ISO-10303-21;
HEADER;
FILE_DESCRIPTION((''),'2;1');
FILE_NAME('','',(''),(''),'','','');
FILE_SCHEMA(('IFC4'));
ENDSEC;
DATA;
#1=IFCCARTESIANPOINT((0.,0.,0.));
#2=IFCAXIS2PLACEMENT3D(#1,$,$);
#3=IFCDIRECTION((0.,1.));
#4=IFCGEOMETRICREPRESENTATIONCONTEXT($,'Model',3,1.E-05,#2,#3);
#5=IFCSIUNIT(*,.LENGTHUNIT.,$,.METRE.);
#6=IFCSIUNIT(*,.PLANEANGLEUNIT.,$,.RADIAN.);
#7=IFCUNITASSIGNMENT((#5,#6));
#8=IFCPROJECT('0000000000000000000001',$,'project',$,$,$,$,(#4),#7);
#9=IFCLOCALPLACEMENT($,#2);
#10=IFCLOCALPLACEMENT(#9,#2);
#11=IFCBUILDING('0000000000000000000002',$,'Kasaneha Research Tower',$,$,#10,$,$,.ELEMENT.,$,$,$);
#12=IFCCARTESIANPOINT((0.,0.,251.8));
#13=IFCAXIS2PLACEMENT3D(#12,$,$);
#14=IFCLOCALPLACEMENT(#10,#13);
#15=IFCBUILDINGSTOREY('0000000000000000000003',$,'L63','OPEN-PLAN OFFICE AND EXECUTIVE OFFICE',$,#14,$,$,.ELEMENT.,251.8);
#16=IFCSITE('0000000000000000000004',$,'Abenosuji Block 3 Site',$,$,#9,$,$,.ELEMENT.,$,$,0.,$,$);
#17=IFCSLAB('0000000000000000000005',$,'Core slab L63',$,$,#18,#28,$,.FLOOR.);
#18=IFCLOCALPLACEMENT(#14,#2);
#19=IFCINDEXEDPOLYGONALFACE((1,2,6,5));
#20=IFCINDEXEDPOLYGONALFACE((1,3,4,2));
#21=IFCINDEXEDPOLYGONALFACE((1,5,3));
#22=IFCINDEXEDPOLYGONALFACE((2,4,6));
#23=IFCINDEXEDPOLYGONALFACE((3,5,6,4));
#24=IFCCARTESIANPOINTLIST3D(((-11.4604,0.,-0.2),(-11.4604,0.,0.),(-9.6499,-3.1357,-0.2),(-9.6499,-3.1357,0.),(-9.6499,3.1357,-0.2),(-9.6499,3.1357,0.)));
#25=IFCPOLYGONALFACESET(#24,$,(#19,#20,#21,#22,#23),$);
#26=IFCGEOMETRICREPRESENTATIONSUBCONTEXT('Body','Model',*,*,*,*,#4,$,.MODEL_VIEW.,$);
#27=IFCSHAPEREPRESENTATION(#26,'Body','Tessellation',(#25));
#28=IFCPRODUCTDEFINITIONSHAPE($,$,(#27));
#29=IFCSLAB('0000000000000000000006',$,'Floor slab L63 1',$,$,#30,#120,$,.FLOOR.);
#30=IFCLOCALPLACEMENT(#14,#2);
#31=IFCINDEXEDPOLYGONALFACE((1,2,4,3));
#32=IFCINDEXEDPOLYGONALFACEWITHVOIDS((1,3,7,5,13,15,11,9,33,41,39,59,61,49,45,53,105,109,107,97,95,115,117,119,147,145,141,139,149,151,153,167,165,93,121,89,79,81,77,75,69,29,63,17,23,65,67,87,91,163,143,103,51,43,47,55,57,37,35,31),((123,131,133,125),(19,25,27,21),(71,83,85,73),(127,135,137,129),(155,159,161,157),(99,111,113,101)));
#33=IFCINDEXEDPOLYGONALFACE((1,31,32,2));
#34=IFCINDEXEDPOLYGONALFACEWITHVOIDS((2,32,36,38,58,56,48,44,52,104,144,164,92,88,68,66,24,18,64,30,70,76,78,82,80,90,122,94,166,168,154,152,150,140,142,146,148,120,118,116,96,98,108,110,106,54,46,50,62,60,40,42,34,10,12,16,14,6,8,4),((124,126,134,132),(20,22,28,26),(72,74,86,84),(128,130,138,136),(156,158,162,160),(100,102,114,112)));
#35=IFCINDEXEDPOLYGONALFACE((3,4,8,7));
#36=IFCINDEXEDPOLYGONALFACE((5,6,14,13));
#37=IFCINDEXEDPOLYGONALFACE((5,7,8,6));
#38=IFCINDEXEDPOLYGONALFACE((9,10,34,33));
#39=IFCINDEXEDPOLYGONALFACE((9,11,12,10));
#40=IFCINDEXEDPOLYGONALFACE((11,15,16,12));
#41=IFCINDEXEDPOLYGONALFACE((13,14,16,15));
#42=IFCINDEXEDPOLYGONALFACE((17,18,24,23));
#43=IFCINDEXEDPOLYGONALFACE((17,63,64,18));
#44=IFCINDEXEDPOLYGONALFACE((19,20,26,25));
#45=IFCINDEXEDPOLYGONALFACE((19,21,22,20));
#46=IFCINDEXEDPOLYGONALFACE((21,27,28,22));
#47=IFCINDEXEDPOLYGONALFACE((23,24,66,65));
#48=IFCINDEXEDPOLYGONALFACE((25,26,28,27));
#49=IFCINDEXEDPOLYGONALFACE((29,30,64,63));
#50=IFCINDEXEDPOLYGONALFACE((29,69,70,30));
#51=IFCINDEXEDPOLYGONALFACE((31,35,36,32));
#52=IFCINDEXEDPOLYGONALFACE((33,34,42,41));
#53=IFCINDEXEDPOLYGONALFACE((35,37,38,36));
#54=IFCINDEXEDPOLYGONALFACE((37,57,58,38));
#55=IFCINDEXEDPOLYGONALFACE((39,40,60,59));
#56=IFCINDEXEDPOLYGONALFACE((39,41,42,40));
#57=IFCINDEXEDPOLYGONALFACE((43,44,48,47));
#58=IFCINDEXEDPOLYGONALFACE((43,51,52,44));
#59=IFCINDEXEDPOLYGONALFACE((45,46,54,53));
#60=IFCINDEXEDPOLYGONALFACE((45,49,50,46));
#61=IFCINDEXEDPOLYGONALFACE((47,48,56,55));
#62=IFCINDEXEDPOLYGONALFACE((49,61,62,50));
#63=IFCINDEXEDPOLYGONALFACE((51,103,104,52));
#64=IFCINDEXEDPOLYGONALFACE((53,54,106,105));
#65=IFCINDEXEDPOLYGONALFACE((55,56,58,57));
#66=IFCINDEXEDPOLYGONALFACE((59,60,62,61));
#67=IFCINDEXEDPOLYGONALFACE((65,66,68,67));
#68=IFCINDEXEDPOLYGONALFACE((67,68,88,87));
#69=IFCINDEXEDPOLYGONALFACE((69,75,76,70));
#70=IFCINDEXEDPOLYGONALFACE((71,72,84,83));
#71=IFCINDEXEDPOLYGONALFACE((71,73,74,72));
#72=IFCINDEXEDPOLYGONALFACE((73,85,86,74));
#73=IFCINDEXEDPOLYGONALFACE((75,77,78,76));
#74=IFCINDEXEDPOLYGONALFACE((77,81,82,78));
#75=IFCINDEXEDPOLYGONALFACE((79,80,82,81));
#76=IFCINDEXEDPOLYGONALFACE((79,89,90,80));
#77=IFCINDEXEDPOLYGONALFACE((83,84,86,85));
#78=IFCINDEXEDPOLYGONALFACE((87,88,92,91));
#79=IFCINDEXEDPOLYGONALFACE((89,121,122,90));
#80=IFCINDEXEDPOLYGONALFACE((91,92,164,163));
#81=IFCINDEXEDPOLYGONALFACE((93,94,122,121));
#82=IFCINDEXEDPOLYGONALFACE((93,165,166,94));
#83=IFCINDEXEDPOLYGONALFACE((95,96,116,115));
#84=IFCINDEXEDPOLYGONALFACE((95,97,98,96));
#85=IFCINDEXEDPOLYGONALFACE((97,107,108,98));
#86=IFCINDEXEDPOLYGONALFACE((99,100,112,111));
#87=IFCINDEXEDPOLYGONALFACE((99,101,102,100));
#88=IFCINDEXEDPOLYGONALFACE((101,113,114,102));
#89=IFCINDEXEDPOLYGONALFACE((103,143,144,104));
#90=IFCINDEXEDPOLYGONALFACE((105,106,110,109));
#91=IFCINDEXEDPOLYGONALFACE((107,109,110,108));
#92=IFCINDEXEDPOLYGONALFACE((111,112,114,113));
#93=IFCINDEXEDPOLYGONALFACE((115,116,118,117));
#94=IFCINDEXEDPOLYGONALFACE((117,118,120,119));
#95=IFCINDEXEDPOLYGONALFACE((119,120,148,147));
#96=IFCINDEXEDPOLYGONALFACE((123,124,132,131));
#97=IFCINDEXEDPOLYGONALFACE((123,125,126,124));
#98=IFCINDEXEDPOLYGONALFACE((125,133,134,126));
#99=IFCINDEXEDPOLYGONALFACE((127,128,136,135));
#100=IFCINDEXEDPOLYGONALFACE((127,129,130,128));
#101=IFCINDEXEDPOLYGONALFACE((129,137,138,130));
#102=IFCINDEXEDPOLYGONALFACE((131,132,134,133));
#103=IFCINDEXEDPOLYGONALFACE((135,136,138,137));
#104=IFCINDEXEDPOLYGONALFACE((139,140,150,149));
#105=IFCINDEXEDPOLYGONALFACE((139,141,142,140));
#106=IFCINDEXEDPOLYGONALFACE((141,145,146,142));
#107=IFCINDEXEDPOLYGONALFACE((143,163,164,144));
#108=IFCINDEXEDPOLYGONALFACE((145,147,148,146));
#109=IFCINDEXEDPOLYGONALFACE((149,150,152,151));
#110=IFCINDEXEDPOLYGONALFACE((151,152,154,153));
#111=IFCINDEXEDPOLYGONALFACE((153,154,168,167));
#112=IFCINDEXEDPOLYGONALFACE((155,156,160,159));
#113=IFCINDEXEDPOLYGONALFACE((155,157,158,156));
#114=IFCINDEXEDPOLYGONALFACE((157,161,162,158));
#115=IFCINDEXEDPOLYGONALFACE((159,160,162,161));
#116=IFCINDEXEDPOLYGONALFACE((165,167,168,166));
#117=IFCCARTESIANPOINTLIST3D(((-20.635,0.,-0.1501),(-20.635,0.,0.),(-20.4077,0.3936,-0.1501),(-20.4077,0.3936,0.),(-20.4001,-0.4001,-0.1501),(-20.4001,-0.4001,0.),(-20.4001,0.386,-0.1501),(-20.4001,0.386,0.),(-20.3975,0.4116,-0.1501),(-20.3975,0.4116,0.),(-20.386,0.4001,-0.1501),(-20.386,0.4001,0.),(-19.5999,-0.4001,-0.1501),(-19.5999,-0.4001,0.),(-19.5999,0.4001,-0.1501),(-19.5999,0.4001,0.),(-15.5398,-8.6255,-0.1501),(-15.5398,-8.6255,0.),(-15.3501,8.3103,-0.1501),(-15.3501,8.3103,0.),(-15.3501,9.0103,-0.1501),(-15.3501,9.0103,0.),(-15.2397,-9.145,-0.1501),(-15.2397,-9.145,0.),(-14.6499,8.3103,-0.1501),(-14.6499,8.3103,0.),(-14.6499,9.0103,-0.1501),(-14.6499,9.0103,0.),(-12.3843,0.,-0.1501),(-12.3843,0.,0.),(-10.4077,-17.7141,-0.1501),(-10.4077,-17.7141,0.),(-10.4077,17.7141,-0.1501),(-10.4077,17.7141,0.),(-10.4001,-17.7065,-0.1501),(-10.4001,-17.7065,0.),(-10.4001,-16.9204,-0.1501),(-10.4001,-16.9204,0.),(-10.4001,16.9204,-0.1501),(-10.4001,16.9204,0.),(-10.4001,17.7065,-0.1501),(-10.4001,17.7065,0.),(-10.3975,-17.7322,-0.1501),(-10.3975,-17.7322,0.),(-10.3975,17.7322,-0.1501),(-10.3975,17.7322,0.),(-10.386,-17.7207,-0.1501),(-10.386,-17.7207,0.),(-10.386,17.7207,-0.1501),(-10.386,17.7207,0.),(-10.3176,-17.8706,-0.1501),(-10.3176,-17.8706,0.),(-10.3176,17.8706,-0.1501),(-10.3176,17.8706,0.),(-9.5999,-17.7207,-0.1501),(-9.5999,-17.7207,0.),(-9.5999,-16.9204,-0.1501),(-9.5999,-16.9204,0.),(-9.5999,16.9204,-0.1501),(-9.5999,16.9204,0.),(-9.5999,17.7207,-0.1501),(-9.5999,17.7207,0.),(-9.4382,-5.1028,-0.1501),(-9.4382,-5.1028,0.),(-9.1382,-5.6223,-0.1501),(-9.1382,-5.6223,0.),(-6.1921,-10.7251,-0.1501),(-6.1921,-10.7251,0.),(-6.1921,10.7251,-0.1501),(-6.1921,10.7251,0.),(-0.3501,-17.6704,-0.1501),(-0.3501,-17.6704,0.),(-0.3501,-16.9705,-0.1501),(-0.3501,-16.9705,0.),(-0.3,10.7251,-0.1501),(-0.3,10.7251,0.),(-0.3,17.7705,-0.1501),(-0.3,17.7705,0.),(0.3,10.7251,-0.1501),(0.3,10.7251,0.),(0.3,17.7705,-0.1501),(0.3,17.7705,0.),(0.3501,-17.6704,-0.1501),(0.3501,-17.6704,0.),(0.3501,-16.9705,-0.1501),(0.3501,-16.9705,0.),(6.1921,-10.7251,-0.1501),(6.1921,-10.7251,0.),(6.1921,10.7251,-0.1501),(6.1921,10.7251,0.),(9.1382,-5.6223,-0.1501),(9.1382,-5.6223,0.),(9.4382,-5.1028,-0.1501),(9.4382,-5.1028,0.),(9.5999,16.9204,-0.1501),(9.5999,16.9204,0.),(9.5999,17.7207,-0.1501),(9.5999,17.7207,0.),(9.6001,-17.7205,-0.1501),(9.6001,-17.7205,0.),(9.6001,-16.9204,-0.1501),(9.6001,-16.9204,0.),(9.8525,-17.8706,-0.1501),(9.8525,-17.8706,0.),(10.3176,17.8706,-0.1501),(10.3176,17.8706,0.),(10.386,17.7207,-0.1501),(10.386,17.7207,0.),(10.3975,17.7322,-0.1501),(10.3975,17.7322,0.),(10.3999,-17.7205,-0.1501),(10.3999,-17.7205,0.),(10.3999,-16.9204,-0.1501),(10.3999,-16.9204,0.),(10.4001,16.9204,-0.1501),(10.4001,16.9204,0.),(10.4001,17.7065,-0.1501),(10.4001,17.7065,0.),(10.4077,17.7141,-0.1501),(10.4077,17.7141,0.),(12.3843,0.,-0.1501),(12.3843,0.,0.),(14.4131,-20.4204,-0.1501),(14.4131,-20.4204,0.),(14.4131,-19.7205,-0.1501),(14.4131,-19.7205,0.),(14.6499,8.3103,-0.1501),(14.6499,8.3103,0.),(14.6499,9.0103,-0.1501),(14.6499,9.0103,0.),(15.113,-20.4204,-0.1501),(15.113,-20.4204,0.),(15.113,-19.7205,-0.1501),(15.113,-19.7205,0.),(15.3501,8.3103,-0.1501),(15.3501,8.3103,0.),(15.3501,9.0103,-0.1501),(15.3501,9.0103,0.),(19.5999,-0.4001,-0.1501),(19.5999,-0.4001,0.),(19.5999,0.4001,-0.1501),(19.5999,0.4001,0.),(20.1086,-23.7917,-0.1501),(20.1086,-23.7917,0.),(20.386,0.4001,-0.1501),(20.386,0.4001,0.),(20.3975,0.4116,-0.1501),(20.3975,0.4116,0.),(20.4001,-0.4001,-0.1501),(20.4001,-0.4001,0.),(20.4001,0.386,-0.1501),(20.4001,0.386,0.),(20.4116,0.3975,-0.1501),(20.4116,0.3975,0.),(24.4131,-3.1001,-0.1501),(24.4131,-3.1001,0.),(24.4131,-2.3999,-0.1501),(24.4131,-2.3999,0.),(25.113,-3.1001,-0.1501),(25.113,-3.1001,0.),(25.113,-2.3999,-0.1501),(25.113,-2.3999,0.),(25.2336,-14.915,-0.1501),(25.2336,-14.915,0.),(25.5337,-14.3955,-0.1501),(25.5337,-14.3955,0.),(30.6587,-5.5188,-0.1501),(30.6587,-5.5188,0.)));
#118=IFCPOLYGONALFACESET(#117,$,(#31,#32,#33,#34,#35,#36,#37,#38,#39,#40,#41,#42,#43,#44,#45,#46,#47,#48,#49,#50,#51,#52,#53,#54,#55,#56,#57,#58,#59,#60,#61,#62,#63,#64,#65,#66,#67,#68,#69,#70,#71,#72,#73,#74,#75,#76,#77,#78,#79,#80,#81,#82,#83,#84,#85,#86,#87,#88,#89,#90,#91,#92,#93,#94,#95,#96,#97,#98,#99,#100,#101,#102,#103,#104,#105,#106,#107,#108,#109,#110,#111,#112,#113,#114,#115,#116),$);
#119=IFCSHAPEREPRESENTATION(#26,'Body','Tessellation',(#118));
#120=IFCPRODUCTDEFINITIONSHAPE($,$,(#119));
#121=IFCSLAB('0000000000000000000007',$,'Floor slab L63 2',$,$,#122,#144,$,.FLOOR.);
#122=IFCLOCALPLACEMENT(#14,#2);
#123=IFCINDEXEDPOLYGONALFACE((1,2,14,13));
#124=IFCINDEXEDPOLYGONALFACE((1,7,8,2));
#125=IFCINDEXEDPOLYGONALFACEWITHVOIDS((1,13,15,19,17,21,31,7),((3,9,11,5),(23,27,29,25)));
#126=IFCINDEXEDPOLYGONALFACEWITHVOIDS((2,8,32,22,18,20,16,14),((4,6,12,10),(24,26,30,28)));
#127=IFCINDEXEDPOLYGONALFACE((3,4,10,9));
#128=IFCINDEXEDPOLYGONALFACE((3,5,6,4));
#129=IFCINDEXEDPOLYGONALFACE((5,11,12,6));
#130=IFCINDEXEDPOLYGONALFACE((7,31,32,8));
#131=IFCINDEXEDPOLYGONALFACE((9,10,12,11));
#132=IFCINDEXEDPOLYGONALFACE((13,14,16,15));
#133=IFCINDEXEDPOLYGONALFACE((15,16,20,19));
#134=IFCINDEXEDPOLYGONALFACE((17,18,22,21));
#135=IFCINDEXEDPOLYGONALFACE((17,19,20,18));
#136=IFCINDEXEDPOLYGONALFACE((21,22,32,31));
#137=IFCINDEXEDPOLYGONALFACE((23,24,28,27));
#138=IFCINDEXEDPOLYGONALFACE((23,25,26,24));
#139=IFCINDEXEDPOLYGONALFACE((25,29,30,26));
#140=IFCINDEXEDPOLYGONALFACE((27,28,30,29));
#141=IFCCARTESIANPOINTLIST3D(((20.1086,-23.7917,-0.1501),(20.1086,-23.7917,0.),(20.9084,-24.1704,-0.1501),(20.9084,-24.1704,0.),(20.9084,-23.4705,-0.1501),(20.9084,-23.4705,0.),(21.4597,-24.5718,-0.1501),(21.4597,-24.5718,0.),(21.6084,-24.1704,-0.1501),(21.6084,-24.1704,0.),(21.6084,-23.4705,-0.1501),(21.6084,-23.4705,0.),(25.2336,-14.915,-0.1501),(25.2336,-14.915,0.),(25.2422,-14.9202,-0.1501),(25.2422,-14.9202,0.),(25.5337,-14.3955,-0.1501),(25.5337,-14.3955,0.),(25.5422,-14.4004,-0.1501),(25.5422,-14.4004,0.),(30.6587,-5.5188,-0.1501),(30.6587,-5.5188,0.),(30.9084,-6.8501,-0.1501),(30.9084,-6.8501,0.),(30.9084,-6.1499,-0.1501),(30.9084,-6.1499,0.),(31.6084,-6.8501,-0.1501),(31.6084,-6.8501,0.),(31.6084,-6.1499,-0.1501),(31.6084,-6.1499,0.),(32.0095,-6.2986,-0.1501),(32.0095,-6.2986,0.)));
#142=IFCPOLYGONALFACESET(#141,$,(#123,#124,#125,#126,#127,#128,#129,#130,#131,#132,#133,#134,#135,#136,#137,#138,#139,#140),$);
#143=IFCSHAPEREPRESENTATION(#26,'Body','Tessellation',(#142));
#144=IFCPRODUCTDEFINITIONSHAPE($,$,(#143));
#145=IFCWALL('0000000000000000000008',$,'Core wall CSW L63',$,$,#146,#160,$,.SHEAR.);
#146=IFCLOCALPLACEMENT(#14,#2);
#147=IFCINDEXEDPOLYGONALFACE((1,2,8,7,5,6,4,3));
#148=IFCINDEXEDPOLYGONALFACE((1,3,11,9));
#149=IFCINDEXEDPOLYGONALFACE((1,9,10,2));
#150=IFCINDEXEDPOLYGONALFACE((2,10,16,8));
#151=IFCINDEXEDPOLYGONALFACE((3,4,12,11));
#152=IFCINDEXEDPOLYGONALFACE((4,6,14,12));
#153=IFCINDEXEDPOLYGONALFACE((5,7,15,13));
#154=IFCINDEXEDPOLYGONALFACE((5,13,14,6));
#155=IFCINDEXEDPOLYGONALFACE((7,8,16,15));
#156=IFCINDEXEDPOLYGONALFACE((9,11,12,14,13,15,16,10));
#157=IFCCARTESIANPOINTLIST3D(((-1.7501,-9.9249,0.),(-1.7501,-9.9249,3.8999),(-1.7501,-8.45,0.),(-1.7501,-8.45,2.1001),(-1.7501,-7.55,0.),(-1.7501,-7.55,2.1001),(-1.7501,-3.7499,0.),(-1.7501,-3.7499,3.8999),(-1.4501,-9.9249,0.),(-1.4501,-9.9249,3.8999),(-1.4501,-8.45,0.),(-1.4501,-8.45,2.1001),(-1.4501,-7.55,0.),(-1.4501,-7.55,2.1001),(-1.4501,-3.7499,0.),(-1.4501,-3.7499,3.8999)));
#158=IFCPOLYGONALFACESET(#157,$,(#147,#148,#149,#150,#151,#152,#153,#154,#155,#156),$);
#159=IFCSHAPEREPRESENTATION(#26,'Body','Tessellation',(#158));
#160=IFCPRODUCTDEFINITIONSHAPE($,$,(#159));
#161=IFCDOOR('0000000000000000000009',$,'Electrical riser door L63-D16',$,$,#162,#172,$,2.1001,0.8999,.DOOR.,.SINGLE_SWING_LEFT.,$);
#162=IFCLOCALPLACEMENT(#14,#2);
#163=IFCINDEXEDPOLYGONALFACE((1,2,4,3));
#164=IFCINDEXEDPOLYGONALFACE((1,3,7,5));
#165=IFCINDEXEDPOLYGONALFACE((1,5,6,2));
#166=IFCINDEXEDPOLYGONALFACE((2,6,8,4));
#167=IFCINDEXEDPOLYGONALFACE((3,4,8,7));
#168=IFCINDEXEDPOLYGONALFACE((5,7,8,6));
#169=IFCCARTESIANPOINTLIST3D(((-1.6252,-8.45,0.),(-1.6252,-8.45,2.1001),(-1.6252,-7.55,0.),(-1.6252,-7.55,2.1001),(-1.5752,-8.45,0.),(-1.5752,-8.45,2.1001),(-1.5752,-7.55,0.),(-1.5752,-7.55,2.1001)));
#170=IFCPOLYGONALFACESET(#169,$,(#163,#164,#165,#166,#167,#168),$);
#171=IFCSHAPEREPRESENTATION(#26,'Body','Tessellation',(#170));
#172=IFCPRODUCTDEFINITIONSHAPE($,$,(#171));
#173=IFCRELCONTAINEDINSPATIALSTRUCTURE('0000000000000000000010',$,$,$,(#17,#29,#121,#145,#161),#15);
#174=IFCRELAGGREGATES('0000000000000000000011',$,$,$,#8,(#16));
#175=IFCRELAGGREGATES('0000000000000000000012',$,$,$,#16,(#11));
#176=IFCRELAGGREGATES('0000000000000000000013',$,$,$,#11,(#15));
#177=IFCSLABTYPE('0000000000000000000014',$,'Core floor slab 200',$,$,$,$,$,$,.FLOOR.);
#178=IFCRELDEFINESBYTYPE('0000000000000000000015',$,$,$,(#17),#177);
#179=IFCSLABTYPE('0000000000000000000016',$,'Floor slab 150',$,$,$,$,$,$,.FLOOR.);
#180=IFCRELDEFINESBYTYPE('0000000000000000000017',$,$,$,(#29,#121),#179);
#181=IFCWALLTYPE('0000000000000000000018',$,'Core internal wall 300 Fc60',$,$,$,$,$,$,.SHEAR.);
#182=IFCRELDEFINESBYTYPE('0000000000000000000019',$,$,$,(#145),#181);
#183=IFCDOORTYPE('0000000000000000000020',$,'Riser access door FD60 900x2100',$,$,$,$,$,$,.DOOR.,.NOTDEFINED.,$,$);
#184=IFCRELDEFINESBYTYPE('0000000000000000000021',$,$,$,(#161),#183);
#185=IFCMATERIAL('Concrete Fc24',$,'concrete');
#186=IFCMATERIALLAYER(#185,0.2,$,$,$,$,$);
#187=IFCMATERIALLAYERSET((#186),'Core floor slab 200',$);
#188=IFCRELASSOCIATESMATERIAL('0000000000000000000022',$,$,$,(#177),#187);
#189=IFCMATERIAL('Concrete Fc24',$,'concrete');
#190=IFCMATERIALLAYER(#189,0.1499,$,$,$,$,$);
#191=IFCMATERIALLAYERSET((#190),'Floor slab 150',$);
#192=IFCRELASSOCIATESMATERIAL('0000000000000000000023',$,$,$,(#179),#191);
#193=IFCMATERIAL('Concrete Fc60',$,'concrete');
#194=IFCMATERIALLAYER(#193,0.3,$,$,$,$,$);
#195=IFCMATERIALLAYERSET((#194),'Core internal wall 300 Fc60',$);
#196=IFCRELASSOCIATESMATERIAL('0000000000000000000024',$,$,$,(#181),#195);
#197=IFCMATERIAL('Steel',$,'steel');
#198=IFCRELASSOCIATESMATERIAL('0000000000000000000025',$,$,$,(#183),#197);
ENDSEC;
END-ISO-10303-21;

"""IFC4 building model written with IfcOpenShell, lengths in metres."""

from ifc_helpers import new_model, si_unit, direction, frame, frame_2d, origin, place, context, subcontext, project, spatial, polyline, rectangle, outline, extrude, material, layer, layer_set, type_object, element, fill, save


model = new_model("IFC4")

# Units and contexts
model_context = context("Model", 3, precision=1e-05, world=origin(), true_north=direction((0.0, 1.0)))
body_context = subcontext(model_context, "Body", "Model", "MODEL_VIEW")
ifc_project = project(units=[si_unit("LENGTHUNIT", "METRE"), si_unit("PLANEANGLEUNIT", "RADIAN")], contexts=[model_context])

# Site, building, storey
site_placement = place(None, origin())
site = spatial("IfcSite", under=ifc_project, at=site_placement, Name="Abenosuji Block 3 Site", CompositionType="ELEMENT", RefElevation=0.0)
building_placement = place(site_placement, origin())
building = spatial("IfcBuilding", under=site, at=building_placement, Name="Kasaneha Research Tower", CompositionType="ELEMENT")
storey_placement = place(building_placement, frame((0.0, 0.0, 251.8)))
storey = spatial("IfcBuildingStorey", under=building, at=storey_placement, Name="L63", Description="OPEN-PLAN OFFICE AND EXECUTIVE OFFICE", CompositionType="ELEMENT", Elevation=251.8)

# Slabs
ifc_material_1 = material(Name="Concrete Fc24", Category="concrete")
ifc_layer_1 = layer(ifc_material_1, 0.2)
ifc_layer_set_1 = layer_set([ifc_layer_1], Name="Core floor slab 200")
slab_type_1 = type_object("IfcSlabType", Name="Core floor slab 200", PredefinedType="FLOOR", material=ifc_layer_set_1)
slab_1_placement = place(storey_placement, frame((0.0, 0.0, -0.2)))
element("IfcSlab", 1, at=slab_1_placement, inside=storey, type_object=slab_type_1, Name="Core slab L63", PredefinedType="FLOOR", context=body_context, shape_type="SweptSolid", body=[
    extrude(outline(polyline([(-11.4604, 0.0), (-9.6499, 3.1357), (-9.6499, -3.1357), (-11.4604, 0.0)])), origin(), (0.0, 0.0, 1.0), 0.2),
])
ifc_material_2 = material(Name="Concrete Fc24", Category="concrete")
ifc_layer_2 = layer(ifc_material_2, 0.1499)
ifc_layer_set_2 = layer_set([ifc_layer_2], Name="Floor slab 150")
slab_type_2 = type_object("IfcSlabType", Name="Floor slab 150", PredefinedType="FLOOR", material=ifc_layer_set_2)
slab_2_placement = place(storey_placement, frame((0.0, 0.0, -0.1501)))
element("IfcSlab", 2, at=slab_2_placement, inside=storey, type_object=slab_type_2, Name="Floor slab L63 1", PredefinedType="FLOOR", context=body_context, shape_type="SweptSolid", body=[
    extrude(outline(polyline([(-10.3176, -17.8706), (-10.3975, -17.7322), (-10.386, -17.7207), (-9.5999, -17.7207), (-9.5999, -16.9204), (-10.4001, -16.9204), (-10.4001, -17.7065), (-10.4077, -17.7141), (-20.635, 0.0), (-20.4077, 0.3936), (-20.4001, 0.386), (-20.4001, -0.4001), (-19.5999, -0.4001), (-19.5999, 0.4001), (-20.386, 0.4001), (-20.3975, 0.4116), (-10.4077, 17.7141), (-10.4001, 17.7065), (-10.4001, 16.9204), (-9.5999, 16.9204), (-9.5999, 17.7207), (-10.386, 17.7207), (-10.3975, 17.7322), (-10.3176, 17.8706), (10.3176, 17.8706), (10.3975, 17.7322), (10.386, 17.7207), (9.5999, 17.7207), (9.5999, 16.9204), (10.4001, 16.9204), (10.4001, 17.7065), (10.4077, 17.7141), (20.3975, 0.4116), (20.386, 0.4001), (19.5999, 0.4001), (19.5999, -0.4001), (20.4001, -0.4001), (20.4001, 0.386), (20.4116, 0.3975), (30.6587, -5.5188), (25.5337, -14.3955), (9.4382, -5.1028), (12.3843, 0.0), (6.1921, 10.7251), (0.3, 10.7251), (0.3, 17.7705), (-0.3, 17.7705), (-0.3, 10.7251), (-6.1921, 10.7251), (-12.3843, 0.0), (-9.4382, -5.1028), (-15.5398, -8.6255), (-15.2397, -9.145), (-9.1382, -5.6223), (-6.1921, -10.7251), (6.1921, -10.7251), (9.1382, -5.6223), (25.2336, -14.915), (20.1086, -23.7917), (9.8525, -17.8706), (-10.3176, -17.8706)]), holes=[polyline([(-0.3501, -17.6704), (0.3501, -17.6704), (0.3501, -16.9705), (-0.3501, -16.9705), (-0.3501, -17.6704)]), polyline([(-15.3501, 8.3103), (-14.6499, 8.3103), (-14.6499, 9.0103), (-15.3501, 9.0103), (-15.3501, 8.3103)]), polyline([(14.4131, -20.4204), (15.113, -20.4204), (15.113, -19.7205), (14.4131, -19.7205), (14.4131, -20.4204)]), polyline([(9.6001, -17.7205), (10.3999, -17.7205), (10.3999, -16.9204), (9.6001, -16.9204), (9.6001, -17.7205)]), polyline([(24.4131, -3.1001), (25.113, -3.1001), (25.113, -2.3999), (24.4131, -2.3999), (24.4131, -3.1001)]), polyline([(14.6499, 9.0103), (14.6499, 8.3103), (15.3501, 8.3103), (15.3501, 9.0103), (14.6499, 9.0103)])]), origin(), (0.0, 0.0, 1.0), 0.1501),
])
slab_3_placement = place(storey_placement, frame((0.0, 0.0, -0.1501)))
element("IfcSlab", 3, at=slab_3_placement, inside=storey, type_object=slab_type_2, Name="Floor slab L63 2", PredefinedType="FLOOR", context=body_context, shape_type="SweptSolid", body=[
    extrude(outline(polyline([(32.0095, -6.2986), (21.4597, -24.5718), (20.1086, -23.7917), (25.2336, -14.915), (25.2422, -14.9202), (25.5422, -14.4004), (25.5337, -14.3955), (30.6587, -5.5188), (32.0095, -6.2986)]), holes=[polyline([(20.9084, -24.1704), (21.6084, -24.1704), (21.6084, -23.4705), (20.9084, -23.4705), (20.9084, -24.1704)]), polyline([(30.9084, -6.8501), (31.6084, -6.8501), (31.6084, -6.1499), (30.9084, -6.1499), (30.9084, -6.8501)])]), origin(), (0.0, 0.0, 1.0), 0.1501),
])

# Shared definitions
ifc_material_3 = material(Name="Concrete Fc60", Category="concrete")
ifc_layer_3 = layer(ifc_material_3, 0.3)
ifc_layer_set_3 = layer_set([ifc_layer_3], Name="Core internal wall 300 Fc60")
wall_type_1 = type_object("IfcWallType", Name="Core internal wall 300 Fc60", PredefinedType="SHEAR", material=ifc_layer_set_3)

# Wall, opening, door
wall_1_placement = place(storey_placement, frame((-1.6001, -3.75, 0.0), z_axis=(0.0, 0.0, 1.0), x_axis=(0.0, -1.0, 0.0)))
wall_1 = element("IfcWall", 4, at=wall_1_placement, inside=storey, type_object=wall_type_1, Name="Core wall CSW L63", PredefinedType="SHEAR", context=body_context, shape_type="SweptSolid", body=[
    extrude(rectangle(XDim=6.175, YDim=0.3, at=frame_2d((3.0874, 0.0))), origin(), (0.0, 0.0, 1.0), 3.8999),
])
opening_1_placement = place(wall_1_placement, frame((3.8, 0.0, 0.0)))
opening_1 = element("IfcOpeningElement", 5, at=opening_1_placement, cuts=wall_1, PredefinedType="OPENING", context=body_context, shape_type="SweptSolid", body=[
    extrude(rectangle(XDim=0.8999, YDim=2.1001, at=frame_2d((0.45, 1.05))), frame((0.0, 0.1602, 0.0), z_axis=(0.0, -1.0, 0.0), x_axis=(1.0, 0.0, 0.0)), (0.0, 0.0, 1.0), 0.3201),
])
ifc_material_4 = material(Name="Steel", Category="steel")
door_type_1 = type_object("IfcDoorType", Name="Riser access door FD60 900x2100", OperationType="NOTDEFINED", PredefinedType="DOOR", material=ifc_material_4)
door_1_placement = place(opening_1_placement, origin())
door_1 = element("IfcDoor", 6, at=door_1_placement, inside=storey, type_object=door_type_1, Name="Electrical riser door L63-D16", OperationType="SINGLE_SWING_LEFT", OverallHeight=2.1001, OverallWidth=0.8999, PredefinedType="DOOR", context=body_context, shape_type="SweptSolid", body=[
    extrude(rectangle(XDim=0.8999, YDim=2.1001, at=frame_2d((0.45, 1.05))), frame((0.0, 0.0249, 0.0), z_axis=(0.0, -1.0, 0.0), x_axis=(1.0, 0.0, 0.0)), (0.0, 0.0, 1.0), 0.05),
])
fill(opening_1, door_1)

save(model, "model.ifc")
